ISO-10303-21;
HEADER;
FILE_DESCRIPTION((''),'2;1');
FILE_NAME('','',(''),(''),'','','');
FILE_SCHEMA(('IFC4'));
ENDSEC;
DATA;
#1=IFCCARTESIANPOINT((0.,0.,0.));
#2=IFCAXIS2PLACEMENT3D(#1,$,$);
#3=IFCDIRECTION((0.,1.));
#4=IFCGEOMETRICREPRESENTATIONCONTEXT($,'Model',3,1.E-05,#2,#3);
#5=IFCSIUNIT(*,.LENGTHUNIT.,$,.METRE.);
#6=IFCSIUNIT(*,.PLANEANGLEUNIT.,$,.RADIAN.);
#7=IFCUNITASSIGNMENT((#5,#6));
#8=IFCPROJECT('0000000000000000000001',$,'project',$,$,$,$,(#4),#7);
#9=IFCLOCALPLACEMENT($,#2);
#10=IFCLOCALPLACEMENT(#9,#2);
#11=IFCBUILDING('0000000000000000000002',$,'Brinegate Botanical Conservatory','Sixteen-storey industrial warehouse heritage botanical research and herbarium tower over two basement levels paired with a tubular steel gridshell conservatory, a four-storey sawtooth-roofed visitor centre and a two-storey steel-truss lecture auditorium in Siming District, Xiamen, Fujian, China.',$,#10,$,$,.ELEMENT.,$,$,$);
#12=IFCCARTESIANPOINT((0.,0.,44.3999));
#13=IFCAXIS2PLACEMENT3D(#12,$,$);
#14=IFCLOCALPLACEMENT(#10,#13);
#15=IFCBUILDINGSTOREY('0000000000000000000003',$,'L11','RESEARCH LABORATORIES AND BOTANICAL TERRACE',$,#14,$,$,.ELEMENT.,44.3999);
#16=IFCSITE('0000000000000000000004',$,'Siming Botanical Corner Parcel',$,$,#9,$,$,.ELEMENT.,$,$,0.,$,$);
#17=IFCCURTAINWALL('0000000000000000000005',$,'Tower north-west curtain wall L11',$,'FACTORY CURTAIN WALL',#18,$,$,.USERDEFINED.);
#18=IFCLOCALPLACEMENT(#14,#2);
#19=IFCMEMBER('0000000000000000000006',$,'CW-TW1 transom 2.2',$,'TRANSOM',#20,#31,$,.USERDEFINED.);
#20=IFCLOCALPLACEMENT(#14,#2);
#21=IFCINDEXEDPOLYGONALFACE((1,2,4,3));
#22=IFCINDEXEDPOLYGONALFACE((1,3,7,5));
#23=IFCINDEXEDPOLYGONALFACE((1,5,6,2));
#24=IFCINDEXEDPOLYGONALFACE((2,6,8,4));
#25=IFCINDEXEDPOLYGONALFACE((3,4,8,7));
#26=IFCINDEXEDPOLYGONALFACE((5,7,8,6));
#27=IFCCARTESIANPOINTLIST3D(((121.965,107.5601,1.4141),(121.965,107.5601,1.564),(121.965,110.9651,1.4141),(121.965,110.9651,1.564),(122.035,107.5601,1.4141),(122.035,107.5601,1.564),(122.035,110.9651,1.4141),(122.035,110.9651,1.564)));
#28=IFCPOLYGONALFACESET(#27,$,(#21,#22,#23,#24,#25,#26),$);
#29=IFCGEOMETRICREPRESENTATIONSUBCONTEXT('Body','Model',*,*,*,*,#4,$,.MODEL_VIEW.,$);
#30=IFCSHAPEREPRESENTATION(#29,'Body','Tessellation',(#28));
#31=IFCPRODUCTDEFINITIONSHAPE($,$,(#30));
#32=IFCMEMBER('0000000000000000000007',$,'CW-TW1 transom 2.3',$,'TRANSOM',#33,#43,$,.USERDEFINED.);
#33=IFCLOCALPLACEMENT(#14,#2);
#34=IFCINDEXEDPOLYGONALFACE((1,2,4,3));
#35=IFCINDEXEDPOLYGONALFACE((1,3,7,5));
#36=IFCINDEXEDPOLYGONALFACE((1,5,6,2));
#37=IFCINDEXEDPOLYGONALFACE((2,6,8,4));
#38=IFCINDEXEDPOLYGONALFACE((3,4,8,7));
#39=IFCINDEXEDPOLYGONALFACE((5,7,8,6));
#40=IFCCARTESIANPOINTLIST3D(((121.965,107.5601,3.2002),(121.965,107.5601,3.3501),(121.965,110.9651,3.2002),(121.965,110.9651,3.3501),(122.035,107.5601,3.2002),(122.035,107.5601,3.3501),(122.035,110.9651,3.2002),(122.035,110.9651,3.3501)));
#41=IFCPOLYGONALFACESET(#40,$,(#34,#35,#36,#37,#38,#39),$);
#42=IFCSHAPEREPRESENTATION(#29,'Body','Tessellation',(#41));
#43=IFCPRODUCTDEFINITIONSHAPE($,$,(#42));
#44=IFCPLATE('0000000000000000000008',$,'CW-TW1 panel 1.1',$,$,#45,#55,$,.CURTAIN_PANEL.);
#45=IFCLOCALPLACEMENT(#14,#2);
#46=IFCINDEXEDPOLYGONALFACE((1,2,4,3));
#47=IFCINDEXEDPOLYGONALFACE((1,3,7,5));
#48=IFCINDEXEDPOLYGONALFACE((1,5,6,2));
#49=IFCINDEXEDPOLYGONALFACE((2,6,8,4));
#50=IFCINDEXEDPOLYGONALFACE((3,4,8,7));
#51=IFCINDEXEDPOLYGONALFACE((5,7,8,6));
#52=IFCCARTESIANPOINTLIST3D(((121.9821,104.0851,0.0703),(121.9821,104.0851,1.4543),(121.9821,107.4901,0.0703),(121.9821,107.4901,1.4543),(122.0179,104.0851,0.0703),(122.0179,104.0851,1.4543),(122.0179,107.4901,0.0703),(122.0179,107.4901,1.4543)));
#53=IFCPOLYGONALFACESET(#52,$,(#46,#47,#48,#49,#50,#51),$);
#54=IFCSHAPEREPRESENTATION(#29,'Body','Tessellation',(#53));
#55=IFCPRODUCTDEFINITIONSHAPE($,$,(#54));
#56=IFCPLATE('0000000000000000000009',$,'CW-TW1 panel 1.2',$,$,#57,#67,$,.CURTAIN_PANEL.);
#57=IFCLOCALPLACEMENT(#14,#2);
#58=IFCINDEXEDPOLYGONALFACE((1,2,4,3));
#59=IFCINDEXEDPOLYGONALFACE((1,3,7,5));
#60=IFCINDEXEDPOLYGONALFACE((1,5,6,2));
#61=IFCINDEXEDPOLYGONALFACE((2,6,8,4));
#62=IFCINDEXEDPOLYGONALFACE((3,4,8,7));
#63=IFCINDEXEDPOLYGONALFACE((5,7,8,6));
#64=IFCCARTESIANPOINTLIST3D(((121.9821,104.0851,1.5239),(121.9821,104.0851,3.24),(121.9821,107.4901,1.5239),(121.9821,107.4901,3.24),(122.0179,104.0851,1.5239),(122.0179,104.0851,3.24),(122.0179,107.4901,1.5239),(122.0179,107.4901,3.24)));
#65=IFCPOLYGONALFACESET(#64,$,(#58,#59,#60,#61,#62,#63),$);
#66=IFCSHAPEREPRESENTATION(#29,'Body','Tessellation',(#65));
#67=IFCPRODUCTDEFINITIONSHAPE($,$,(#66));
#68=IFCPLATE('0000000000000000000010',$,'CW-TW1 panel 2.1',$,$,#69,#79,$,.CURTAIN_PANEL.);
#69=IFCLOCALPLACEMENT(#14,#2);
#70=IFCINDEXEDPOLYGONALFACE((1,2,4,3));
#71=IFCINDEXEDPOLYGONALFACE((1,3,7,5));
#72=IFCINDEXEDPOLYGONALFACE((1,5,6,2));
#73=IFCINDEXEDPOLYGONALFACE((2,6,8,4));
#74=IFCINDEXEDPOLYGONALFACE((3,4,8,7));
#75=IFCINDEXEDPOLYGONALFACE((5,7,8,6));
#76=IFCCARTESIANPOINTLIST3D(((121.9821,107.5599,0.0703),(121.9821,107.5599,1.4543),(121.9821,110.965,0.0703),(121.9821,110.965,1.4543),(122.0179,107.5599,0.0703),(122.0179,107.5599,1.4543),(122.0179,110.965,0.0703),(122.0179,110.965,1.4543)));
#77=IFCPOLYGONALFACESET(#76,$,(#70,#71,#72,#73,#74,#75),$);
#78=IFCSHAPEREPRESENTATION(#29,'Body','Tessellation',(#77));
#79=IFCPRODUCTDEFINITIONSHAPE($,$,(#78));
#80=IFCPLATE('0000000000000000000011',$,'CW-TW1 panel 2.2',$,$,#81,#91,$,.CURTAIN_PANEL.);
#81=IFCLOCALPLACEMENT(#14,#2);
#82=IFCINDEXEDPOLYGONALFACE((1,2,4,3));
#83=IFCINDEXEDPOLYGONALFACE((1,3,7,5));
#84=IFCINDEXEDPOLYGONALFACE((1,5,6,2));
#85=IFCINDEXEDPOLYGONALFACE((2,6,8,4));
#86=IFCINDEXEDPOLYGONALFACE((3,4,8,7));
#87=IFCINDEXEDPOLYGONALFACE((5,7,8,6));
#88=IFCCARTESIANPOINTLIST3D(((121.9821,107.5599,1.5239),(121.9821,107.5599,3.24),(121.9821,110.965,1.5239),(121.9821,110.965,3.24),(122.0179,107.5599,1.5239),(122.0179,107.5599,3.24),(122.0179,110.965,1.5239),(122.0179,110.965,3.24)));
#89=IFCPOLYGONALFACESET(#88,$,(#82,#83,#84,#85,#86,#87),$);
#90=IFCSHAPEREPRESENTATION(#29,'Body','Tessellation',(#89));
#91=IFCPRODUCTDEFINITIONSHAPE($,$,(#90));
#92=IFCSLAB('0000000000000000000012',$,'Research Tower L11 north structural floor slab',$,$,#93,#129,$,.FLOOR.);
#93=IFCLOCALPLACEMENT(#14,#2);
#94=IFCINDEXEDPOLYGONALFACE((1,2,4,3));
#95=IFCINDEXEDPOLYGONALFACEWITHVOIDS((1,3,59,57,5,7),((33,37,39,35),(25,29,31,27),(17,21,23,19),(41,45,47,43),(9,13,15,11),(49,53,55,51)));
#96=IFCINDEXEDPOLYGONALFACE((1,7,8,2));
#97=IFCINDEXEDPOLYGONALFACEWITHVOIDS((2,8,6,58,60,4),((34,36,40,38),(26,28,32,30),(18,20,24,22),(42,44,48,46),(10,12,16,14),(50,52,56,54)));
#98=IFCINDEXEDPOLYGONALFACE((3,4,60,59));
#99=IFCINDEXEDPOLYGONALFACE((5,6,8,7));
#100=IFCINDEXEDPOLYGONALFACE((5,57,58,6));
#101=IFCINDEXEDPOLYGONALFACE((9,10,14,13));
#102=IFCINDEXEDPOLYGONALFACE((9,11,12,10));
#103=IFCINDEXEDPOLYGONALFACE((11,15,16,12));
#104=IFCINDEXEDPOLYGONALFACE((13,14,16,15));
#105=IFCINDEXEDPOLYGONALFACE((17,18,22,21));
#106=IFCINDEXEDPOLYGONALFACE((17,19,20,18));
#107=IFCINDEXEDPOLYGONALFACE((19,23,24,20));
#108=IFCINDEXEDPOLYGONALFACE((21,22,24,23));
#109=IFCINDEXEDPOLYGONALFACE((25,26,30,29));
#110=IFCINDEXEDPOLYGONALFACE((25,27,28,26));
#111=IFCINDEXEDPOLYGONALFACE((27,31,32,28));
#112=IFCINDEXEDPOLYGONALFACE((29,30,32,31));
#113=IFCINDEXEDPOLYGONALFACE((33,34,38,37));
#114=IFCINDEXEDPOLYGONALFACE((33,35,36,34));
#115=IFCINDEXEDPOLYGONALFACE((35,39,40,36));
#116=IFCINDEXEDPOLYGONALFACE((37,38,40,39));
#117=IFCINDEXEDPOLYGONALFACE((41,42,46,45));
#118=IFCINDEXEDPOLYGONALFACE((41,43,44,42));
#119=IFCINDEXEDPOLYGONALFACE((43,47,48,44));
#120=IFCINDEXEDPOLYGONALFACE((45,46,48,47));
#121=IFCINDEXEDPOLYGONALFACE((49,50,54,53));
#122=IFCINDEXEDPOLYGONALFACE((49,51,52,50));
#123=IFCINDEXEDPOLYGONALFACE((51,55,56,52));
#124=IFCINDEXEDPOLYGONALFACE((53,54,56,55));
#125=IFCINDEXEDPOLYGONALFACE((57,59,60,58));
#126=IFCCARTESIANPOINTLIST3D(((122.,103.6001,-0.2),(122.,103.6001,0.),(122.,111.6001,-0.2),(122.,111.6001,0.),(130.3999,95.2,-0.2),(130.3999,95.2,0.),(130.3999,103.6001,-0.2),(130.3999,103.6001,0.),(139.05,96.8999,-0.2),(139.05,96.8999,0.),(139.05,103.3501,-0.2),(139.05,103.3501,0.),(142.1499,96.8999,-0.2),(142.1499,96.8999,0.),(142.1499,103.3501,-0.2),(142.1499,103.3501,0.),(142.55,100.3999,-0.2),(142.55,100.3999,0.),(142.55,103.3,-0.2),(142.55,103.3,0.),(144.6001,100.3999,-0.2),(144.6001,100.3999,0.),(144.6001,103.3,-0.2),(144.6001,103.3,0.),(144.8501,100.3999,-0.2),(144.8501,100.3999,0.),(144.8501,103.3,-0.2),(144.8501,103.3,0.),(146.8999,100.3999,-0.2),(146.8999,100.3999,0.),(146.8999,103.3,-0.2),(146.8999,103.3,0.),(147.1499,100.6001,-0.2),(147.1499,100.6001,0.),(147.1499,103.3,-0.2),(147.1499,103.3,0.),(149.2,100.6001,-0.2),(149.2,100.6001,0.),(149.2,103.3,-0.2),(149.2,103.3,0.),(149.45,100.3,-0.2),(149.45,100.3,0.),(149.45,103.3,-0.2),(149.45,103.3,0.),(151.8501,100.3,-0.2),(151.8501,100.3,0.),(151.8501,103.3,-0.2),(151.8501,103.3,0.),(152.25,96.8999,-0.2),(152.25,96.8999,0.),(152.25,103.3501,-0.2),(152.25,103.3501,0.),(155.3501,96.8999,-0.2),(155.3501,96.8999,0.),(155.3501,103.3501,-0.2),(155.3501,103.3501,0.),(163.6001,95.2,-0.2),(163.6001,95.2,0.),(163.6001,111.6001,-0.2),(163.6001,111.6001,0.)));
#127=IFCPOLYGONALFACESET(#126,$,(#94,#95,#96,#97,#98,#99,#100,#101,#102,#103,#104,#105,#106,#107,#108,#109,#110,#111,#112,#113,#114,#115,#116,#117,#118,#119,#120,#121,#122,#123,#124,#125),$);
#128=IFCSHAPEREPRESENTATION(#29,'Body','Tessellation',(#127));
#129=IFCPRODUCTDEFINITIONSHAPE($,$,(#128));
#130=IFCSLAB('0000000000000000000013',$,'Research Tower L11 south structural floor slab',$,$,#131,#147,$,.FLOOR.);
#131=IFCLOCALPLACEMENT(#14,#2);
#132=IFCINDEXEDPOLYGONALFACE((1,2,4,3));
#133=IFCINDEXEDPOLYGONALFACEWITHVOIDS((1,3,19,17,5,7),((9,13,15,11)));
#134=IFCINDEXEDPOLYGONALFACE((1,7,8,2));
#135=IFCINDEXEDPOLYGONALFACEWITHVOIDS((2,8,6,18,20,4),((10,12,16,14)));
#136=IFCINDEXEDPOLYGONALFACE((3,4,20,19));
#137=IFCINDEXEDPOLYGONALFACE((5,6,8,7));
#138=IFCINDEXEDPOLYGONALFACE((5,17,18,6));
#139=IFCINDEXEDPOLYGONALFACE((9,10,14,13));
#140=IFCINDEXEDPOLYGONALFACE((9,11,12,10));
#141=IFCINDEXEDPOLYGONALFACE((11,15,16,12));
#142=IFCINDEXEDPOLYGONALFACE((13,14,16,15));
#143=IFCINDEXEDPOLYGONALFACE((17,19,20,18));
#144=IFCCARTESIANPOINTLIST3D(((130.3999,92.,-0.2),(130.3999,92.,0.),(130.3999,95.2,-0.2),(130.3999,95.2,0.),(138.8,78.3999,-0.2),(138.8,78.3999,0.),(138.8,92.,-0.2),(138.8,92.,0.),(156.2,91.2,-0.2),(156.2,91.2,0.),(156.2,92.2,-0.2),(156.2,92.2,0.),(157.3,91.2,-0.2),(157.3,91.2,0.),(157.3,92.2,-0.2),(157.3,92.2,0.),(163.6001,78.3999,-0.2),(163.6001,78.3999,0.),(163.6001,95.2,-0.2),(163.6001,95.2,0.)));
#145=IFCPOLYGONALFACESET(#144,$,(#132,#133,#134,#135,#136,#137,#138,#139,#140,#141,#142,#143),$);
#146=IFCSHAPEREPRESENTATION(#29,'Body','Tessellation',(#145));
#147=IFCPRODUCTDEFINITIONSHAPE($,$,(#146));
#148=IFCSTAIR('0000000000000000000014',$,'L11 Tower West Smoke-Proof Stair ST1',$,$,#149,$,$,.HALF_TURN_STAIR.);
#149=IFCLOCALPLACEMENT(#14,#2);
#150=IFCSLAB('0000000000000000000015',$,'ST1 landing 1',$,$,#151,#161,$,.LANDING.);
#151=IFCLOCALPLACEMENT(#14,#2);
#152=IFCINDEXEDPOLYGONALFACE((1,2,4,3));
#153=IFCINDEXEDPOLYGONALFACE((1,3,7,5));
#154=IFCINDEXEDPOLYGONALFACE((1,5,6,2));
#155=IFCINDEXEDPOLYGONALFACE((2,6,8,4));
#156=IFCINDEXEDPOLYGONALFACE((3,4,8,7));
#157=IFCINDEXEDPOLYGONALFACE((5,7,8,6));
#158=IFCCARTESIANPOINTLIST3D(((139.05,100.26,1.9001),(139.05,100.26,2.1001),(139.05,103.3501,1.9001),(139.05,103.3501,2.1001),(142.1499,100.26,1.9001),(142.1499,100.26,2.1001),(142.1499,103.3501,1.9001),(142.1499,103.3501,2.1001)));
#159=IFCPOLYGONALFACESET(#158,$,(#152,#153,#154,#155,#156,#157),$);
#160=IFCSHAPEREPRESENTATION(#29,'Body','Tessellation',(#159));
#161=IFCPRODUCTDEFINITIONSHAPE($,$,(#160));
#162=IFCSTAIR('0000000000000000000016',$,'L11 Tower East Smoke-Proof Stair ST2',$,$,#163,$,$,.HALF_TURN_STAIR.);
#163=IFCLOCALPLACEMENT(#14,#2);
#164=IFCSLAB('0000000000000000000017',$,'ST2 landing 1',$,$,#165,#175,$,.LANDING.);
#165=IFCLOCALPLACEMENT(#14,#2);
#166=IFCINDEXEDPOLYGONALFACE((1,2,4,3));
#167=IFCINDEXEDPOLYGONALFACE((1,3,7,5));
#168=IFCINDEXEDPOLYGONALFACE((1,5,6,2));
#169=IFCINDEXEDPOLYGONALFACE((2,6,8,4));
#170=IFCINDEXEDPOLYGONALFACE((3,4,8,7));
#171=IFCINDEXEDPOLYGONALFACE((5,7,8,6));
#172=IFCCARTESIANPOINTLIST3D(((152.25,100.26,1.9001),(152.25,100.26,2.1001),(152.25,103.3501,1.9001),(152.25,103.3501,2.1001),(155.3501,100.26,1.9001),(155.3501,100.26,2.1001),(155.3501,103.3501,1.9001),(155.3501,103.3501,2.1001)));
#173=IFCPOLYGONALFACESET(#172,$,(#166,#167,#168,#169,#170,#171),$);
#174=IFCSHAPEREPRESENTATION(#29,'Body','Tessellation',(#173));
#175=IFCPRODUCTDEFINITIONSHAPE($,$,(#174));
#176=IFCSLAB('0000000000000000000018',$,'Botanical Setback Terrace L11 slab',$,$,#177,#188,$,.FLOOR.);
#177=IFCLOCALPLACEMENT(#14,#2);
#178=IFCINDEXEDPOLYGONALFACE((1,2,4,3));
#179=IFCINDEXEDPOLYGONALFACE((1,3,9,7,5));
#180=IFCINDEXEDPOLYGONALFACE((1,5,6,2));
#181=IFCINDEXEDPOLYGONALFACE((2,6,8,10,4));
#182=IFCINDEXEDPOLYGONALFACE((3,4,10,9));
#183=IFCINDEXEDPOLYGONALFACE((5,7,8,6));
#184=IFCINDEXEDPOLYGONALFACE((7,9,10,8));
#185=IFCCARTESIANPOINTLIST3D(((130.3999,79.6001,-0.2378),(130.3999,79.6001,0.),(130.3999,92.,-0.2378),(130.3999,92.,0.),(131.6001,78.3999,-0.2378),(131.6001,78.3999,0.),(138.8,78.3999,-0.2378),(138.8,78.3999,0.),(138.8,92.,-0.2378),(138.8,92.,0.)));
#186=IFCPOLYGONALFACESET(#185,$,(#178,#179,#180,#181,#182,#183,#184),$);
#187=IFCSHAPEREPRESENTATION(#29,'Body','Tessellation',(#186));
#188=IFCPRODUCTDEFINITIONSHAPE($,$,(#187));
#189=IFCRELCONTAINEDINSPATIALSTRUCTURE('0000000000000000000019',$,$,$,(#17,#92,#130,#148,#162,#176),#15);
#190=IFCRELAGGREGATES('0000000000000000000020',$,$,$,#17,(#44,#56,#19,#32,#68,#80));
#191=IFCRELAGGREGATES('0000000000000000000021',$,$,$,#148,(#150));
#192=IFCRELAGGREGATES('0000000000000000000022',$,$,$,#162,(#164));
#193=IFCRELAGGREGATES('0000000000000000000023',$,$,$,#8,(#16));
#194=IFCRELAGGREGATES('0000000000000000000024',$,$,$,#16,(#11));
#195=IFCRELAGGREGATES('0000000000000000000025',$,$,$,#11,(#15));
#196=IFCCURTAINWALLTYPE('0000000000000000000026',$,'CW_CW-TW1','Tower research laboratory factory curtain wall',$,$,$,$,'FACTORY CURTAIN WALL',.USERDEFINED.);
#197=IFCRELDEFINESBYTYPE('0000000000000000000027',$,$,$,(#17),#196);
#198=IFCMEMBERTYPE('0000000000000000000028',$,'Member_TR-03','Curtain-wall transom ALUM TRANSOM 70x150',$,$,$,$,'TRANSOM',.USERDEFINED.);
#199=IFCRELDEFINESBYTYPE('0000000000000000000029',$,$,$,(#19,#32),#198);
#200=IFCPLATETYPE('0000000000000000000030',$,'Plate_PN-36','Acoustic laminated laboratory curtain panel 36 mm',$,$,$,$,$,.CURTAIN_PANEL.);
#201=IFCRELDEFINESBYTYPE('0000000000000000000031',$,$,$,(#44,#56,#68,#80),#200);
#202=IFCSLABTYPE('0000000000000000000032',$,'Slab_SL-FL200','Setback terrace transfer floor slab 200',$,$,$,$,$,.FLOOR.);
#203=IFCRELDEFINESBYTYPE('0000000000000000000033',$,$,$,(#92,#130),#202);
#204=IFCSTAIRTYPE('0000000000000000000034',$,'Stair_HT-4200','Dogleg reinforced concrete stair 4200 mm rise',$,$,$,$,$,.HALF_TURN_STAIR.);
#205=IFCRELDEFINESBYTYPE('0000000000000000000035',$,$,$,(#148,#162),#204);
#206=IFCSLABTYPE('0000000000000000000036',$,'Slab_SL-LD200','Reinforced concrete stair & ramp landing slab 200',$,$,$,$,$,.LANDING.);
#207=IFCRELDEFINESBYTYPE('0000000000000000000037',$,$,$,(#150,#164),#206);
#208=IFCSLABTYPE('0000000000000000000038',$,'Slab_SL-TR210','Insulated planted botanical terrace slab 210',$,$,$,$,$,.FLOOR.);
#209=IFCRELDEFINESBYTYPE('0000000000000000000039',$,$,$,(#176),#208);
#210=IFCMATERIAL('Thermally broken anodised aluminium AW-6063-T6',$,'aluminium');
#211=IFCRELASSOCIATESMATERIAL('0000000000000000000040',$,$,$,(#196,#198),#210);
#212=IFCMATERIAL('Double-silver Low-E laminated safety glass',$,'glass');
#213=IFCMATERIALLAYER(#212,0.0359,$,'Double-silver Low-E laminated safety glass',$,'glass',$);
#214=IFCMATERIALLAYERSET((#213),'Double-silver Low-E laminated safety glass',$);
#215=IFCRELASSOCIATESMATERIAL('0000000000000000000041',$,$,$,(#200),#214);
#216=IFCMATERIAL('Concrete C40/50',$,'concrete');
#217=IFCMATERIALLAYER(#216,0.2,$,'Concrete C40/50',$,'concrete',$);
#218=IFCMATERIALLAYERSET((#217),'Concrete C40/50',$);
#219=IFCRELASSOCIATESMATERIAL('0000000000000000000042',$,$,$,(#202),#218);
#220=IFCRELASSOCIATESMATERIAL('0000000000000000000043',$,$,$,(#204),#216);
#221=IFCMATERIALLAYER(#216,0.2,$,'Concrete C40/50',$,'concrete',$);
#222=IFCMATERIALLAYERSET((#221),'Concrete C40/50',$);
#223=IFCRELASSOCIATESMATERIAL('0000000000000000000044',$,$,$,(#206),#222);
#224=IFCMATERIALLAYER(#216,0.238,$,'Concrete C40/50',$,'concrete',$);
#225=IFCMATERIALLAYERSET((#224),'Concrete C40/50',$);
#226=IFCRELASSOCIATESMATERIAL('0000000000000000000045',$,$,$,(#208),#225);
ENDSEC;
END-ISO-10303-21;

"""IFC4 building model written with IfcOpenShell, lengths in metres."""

from ifc_helpers import new_model, si_unit, direction, frame, origin, origin_2d, place, context, subcontext, project, spatial, polyline, rectangle, outline, extrude, material, layer, layer_set, material_profile, profile_set, type_object, element, aggregate, save


model = new_model("IFC4")

# Units and contexts
model_context = context("Model", 3, precision=1e-05, world=origin(), true_north=direction((0.0, 1.0)))
body_context = subcontext(model_context, "Body", "Model", "MODEL_VIEW")
ifc_project = project(units=[si_unit("LENGTHUNIT", "METRE"), si_unit("PLANEANGLEUNIT", "RADIAN")], contexts=[model_context])

# Site, building, storey
site_placement = place(None, origin())
site = spatial("IfcSite", under=ifc_project, at=site_placement, Name="Siming Botanical Corner Parcel", CompositionType="ELEMENT", RefElevation=0.0)
building_placement = place(site_placement, origin())
building = spatial("IfcBuilding", under=site, at=building_placement, Name="Brinegate Botanical Conservatory", Description="Sixteen-storey industrial warehouse heritage botanical research and herbarium tower over two basement levels paired with a tubular steel gridshell conservatory, a four-storey sawtooth-roofed visitor centre and a two-storey steel-truss lecture auditorium in Siming District, Xiamen, Fujian, China.", CompositionType="ELEMENT")
storey_placement = place(building_placement, frame((0.0, 0.0, 44.3999)))
storey = spatial("IfcBuildingStorey", under=building, at=storey_placement, Name="L11", Description="RESEARCH LABORATORIES AND BOTANICAL TERRACE", CompositionType="ELEMENT", Elevation=44.3999)

# Shared definitions
ifc_material_1 = material(Name="Concrete C40/50", Category="concrete")

# Curtain wall, members, plates
ifc_material_2 = material(Name="Thermally broken anodised aluminium AW-6063-T6", Category="aluminium")
curtain_wall_type = type_object("IfcCurtainWallType", Name="CW_CW-TW1", Description="Tower research laboratory factory curtain wall", ElementType="FACTORY CURTAIN WALL", PredefinedType="USERDEFINED", material=ifc_material_2)
curtain_wall_placement = place(storey_placement, origin())
curtain_wall = element("IfcCurtainWall", 1, at=curtain_wall_placement, inside=storey, type_object=curtain_wall_type, Name="Tower north-west curtain wall L11", ObjectType="FACTORY CURTAIN WALL", PredefinedType="USERDEFINED")
ifc_material_profile_1 = material_profile(ifc_material_2, rectangle(XDim=0.0701, YDim=0.1499, at=origin_2d()), Name="ALUM TRANSOM 70x150")
ifc_profile_set_1 = profile_set([ifc_material_profile_1], Name="Thermally broken anodised aluminium AW-6063-T6")
member_type_1 = type_object("IfcMemberType", Name="Member_TR-03", Description="Curtain-wall transom ALUM TRANSOM 70x150", ElementType="TRANSOM", PredefinedType="USERDEFINED", material=ifc_profile_set_1)
member_1_placement = place(storey_placement, frame((122.0, 107.5601, 1.489), z_axis=(0.0, 1.0, 0.0), x_axis=(-1.0, 0.0, 0.0)))
member_1 = element("IfcMember", 2, at=member_1_placement, type_object=member_type_1, Name="CW-TW1 transom 2.2", ObjectType="TRANSOM", PredefinedType="USERDEFINED", context=body_context, shape_type="SweptSolid", body=[
    extrude(rectangle(XDim=0.0701, YDim=0.1499, at=origin_2d()), origin(), (0.0, 0.0, 1.0), 3.405),
])
member_2_placement = place(storey_placement, frame((122.0, 107.5601, 3.2751), z_axis=(0.0, 1.0, 0.0), x_axis=(-1.0, 0.0, 0.0)))
member_2 = element("IfcMember", 3, at=member_2_placement, type_object=member_type_1, Name="CW-TW1 transom 2.3", ObjectType="TRANSOM", PredefinedType="USERDEFINED", context=body_context, shape_type="SweptSolid", body=[
    extrude(rectangle(XDim=0.0701, YDim=0.1499, at=origin_2d()), origin(), (0.0, 0.0, 1.0), 3.405),
])
ifc_material_3 = material(Name="Double-silver Low-E laminated safety glass", Category="glass")
ifc_layer_1 = layer(ifc_material_3, 0.0359, Name="Double-silver Low-E laminated safety glass", Category="glass")
ifc_layer_set_1 = layer_set([ifc_layer_1], Name="Double-silver Low-E laminated safety glass")
plate_type = type_object("IfcPlateType", Name="Plate_PN-36", Description="Acoustic laminated laboratory curtain panel 36 mm", PredefinedType="CURTAIN_PANEL", material=ifc_layer_set_1)
plate_1_placement = place(storey_placement, frame((122.0, 105.7876, 0.0703), z_axis=(0.0, 0.0, 1.0), x_axis=(0.0, 1.0, 0.0)))
plate_1 = element("IfcPlate", 4, at=plate_1_placement, type_object=plate_type, Name="CW-TW1 panel 1.1", PredefinedType="CURTAIN_PANEL", context=body_context, shape_type="SweptSolid", body=[
    extrude(rectangle(XDim=3.405, YDim=0.0359, at=origin_2d()), origin(), (0.0, 0.0, 1.0), 1.384),
])
plate_2_placement = place(storey_placement, frame((122.0, 105.7876, 1.5239), z_axis=(0.0, 0.0, 1.0), x_axis=(0.0, 1.0, 0.0)))
plate_2 = element("IfcPlate", 5, at=plate_2_placement, type_object=plate_type, Name="CW-TW1 panel 1.2", PredefinedType="CURTAIN_PANEL", context=body_context, shape_type="SweptSolid", body=[
    extrude(rectangle(XDim=3.405, YDim=0.0359, at=origin_2d()), origin(), (0.0, 0.0, 1.0), 1.7161),
])
plate_3_placement = place(storey_placement, frame((122.0, 109.2625, 0.0703), z_axis=(0.0, 0.0, 1.0), x_axis=(0.0, 1.0, 0.0)))
plate_3 = element("IfcPlate", 6, at=plate_3_placement, type_object=plate_type, Name="CW-TW1 panel 2.1", PredefinedType="CURTAIN_PANEL", context=body_context, shape_type="SweptSolid", body=[
    extrude(rectangle(XDim=3.405, YDim=0.0359, at=origin_2d()), origin(), (0.0, 0.0, 1.0), 1.384),
])
plate_4_placement = place(storey_placement, frame((122.0, 109.2625, 1.5239), z_axis=(0.0, 0.0, 1.0), x_axis=(0.0, 1.0, 0.0)))
plate_4 = element("IfcPlate", 7, at=plate_4_placement, type_object=plate_type, Name="CW-TW1 panel 2.2", PredefinedType="CURTAIN_PANEL", context=body_context, shape_type="SweptSolid", body=[
    extrude(rectangle(XDim=3.405, YDim=0.0359, at=origin_2d()), origin(), (0.0, 0.0, 1.0), 1.7161),
])
aggregate(curtain_wall, [plate_1, plate_2, member_1, member_2, plate_3, plate_4])

# Slabs
ifc_layer_2 = layer(ifc_material_1, 0.2, Name="Concrete C40/50", Category="concrete")
ifc_layer_set_2 = layer_set([ifc_layer_2], Name="Concrete C40/50")
slab_type_1 = type_object("IfcSlabType", Name="Slab_SL-FL200", Description="Setback terrace transfer floor slab 200", PredefinedType="FLOOR", material=ifc_layer_set_2)
slab_1_placement = place(storey_placement, frame((0.0, 0.0, -0.2)))
element("IfcSlab", 8, at=slab_1_placement, inside=storey, type_object=slab_type_1, Name="Research Tower L11 north structural floor slab", PredefinedType="FLOOR", context=body_context, shape_type="SweptSolid", body=[
    extrude(outline(polyline([(130.3999, 103.6001), (122.0, 103.6001), (122.0, 111.6001), (163.6001, 111.6001), (163.6001, 95.2), (130.3999, 95.2), (130.3999, 103.6001)]), holes=[polyline([(142.1499, 96.8999), (142.1499, 103.3501), (139.05, 103.3501), (139.05, 96.8999), (142.1499, 96.8999)]), polyline([(155.3501, 96.8999), (155.3501, 103.3501), (152.25, 103.3501), (152.25, 96.8999), (155.3501, 96.8999)]), polyline([(142.55, 100.3999), (144.6001, 100.3999), (144.6001, 103.3), (142.55, 103.3), (142.55, 100.3999)]), polyline([(144.8501, 100.3999), (146.8999, 100.3999), (146.8999, 103.3), (144.8501, 103.3), (144.8501, 100.3999)]), polyline([(147.1499, 100.6001), (149.2, 100.6001), (149.2, 103.3), (147.1499, 103.3), (147.1499, 100.6001)]), polyline([(149.45, 100.3), (151.8501, 100.3), (151.8501, 103.3), (149.45, 103.3), (149.45, 100.3)])]), origin(), (0.0, 0.0, 1.0), 0.2),
])
slab_2_placement = place(storey_placement, frame((0.0, 0.0, -0.2)))
element("IfcSlab", 9, at=slab_2_placement, inside=storey, type_object=slab_type_1, Name="Research Tower L11 south structural floor slab", PredefinedType="FLOOR", context=body_context, shape_type="SweptSolid", body=[
    extrude(outline(polyline([(163.6001, 78.3999), (138.8, 78.3999), (138.8, 92.0), (130.3999, 92.0), (130.3999, 95.2), (163.6001, 95.2), (163.6001, 78.3999)]), holes=[polyline([(156.2, 91.2), (157.3, 91.2), (157.3, 92.2), (156.2, 92.2), (156.2, 91.2)])]), origin(), (0.0, 0.0, 1.0), 0.2),
])

# Stairs, slabs
stair_type = type_object("IfcStairType", Name="Stair_HT-4200", Description="Dogleg reinforced concrete stair 4200 mm rise", PredefinedType="HALF_TURN_STAIR", material=ifc_material_1)
stair_1_placement = place(storey_placement, origin())
stair_1 = element("IfcStair", 10, at=stair_1_placement, inside=storey, type_object=stair_type, Name="L11 Tower West Smoke-Proof Stair ST1", PredefinedType="HALF_TURN_STAIR")
ifc_layer_3 = layer(ifc_material_1, 0.2, Name="Concrete C40/50", Category="concrete")
ifc_layer_set_3 = layer_set([ifc_layer_3], Name="Concrete C40/50")
slab_type_2 = type_object("IfcSlabType", Name="Slab_SL-LD200", Description="Reinforced concrete stair & ramp landing slab 200", PredefinedType="LANDING", material=ifc_layer_set_3)
slab_3_placement = place(storey_placement, frame((0.0, 0.0, 1.9001)))
slab_3 = element("IfcSlab", 11, at=slab_3_placement, type_object=slab_type_2, Name="ST1 landing 1", PredefinedType="LANDING", context=body_context, shape_type="SweptSolid", body=[
    extrude(outline(polyline([(142.1499, 100.26), (142.1499, 103.3501), (139.05, 103.3501), (139.05, 100.26), (142.1499, 100.26)])), origin(), (0.0, 0.0, 1.0), 0.2),
])
aggregate(stair_1, [slab_3])
stair_2_placement = place(storey_placement, origin())
stair_2 = element("IfcStair", 12, at=stair_2_placement, inside=storey, type_object=stair_type, Name="L11 Tower East Smoke-Proof Stair ST2", PredefinedType="HALF_TURN_STAIR")
slab_4_placement = place(storey_placement, frame((0.0, 0.0, 1.9001)))
slab_4 = element("IfcSlab", 13, at=slab_4_placement, type_object=slab_type_2, Name="ST2 landing 1", PredefinedType="LANDING", context=body_context, shape_type="SweptSolid", body=[
    extrude(outline(polyline([(155.3501, 100.26), (155.3501, 103.3501), (152.25, 103.3501), (152.25, 100.26), (155.3501, 100.26)])), origin(), (0.0, 0.0, 1.0), 0.2),
])
aggregate(stair_2, [slab_4])

# Slab
ifc_layer_4 = layer(ifc_material_1, 0.238, Name="Concrete C40/50", Category="concrete")
ifc_layer_set_4 = layer_set([ifc_layer_4], Name="Concrete C40/50")
slab_type_3 = type_object("IfcSlabType", Name="Slab_SL-TR210", Description="Insulated planted botanical terrace slab 210", PredefinedType="FLOOR", material=ifc_layer_set_4)
slab_5_placement = place(storey_placement, frame((0.0, 0.0, -0.2378)))
element("IfcSlab", 14, at=slab_5_placement, inside=storey, type_object=slab_type_3, Name="Botanical Setback Terrace L11 slab", PredefinedType="FLOOR", context=body_context, shape_type="SweptSolid", body=[
    extrude(outline(polyline([(131.6001, 78.3999), (138.8, 78.3999), (138.8, 92.0), (130.3999, 92.0), (130.3999, 79.6001), (131.6001, 78.3999)])), origin(), (0.0, 0.0, 1.0), 0.2378),
])

save(model, "model.ifc")
